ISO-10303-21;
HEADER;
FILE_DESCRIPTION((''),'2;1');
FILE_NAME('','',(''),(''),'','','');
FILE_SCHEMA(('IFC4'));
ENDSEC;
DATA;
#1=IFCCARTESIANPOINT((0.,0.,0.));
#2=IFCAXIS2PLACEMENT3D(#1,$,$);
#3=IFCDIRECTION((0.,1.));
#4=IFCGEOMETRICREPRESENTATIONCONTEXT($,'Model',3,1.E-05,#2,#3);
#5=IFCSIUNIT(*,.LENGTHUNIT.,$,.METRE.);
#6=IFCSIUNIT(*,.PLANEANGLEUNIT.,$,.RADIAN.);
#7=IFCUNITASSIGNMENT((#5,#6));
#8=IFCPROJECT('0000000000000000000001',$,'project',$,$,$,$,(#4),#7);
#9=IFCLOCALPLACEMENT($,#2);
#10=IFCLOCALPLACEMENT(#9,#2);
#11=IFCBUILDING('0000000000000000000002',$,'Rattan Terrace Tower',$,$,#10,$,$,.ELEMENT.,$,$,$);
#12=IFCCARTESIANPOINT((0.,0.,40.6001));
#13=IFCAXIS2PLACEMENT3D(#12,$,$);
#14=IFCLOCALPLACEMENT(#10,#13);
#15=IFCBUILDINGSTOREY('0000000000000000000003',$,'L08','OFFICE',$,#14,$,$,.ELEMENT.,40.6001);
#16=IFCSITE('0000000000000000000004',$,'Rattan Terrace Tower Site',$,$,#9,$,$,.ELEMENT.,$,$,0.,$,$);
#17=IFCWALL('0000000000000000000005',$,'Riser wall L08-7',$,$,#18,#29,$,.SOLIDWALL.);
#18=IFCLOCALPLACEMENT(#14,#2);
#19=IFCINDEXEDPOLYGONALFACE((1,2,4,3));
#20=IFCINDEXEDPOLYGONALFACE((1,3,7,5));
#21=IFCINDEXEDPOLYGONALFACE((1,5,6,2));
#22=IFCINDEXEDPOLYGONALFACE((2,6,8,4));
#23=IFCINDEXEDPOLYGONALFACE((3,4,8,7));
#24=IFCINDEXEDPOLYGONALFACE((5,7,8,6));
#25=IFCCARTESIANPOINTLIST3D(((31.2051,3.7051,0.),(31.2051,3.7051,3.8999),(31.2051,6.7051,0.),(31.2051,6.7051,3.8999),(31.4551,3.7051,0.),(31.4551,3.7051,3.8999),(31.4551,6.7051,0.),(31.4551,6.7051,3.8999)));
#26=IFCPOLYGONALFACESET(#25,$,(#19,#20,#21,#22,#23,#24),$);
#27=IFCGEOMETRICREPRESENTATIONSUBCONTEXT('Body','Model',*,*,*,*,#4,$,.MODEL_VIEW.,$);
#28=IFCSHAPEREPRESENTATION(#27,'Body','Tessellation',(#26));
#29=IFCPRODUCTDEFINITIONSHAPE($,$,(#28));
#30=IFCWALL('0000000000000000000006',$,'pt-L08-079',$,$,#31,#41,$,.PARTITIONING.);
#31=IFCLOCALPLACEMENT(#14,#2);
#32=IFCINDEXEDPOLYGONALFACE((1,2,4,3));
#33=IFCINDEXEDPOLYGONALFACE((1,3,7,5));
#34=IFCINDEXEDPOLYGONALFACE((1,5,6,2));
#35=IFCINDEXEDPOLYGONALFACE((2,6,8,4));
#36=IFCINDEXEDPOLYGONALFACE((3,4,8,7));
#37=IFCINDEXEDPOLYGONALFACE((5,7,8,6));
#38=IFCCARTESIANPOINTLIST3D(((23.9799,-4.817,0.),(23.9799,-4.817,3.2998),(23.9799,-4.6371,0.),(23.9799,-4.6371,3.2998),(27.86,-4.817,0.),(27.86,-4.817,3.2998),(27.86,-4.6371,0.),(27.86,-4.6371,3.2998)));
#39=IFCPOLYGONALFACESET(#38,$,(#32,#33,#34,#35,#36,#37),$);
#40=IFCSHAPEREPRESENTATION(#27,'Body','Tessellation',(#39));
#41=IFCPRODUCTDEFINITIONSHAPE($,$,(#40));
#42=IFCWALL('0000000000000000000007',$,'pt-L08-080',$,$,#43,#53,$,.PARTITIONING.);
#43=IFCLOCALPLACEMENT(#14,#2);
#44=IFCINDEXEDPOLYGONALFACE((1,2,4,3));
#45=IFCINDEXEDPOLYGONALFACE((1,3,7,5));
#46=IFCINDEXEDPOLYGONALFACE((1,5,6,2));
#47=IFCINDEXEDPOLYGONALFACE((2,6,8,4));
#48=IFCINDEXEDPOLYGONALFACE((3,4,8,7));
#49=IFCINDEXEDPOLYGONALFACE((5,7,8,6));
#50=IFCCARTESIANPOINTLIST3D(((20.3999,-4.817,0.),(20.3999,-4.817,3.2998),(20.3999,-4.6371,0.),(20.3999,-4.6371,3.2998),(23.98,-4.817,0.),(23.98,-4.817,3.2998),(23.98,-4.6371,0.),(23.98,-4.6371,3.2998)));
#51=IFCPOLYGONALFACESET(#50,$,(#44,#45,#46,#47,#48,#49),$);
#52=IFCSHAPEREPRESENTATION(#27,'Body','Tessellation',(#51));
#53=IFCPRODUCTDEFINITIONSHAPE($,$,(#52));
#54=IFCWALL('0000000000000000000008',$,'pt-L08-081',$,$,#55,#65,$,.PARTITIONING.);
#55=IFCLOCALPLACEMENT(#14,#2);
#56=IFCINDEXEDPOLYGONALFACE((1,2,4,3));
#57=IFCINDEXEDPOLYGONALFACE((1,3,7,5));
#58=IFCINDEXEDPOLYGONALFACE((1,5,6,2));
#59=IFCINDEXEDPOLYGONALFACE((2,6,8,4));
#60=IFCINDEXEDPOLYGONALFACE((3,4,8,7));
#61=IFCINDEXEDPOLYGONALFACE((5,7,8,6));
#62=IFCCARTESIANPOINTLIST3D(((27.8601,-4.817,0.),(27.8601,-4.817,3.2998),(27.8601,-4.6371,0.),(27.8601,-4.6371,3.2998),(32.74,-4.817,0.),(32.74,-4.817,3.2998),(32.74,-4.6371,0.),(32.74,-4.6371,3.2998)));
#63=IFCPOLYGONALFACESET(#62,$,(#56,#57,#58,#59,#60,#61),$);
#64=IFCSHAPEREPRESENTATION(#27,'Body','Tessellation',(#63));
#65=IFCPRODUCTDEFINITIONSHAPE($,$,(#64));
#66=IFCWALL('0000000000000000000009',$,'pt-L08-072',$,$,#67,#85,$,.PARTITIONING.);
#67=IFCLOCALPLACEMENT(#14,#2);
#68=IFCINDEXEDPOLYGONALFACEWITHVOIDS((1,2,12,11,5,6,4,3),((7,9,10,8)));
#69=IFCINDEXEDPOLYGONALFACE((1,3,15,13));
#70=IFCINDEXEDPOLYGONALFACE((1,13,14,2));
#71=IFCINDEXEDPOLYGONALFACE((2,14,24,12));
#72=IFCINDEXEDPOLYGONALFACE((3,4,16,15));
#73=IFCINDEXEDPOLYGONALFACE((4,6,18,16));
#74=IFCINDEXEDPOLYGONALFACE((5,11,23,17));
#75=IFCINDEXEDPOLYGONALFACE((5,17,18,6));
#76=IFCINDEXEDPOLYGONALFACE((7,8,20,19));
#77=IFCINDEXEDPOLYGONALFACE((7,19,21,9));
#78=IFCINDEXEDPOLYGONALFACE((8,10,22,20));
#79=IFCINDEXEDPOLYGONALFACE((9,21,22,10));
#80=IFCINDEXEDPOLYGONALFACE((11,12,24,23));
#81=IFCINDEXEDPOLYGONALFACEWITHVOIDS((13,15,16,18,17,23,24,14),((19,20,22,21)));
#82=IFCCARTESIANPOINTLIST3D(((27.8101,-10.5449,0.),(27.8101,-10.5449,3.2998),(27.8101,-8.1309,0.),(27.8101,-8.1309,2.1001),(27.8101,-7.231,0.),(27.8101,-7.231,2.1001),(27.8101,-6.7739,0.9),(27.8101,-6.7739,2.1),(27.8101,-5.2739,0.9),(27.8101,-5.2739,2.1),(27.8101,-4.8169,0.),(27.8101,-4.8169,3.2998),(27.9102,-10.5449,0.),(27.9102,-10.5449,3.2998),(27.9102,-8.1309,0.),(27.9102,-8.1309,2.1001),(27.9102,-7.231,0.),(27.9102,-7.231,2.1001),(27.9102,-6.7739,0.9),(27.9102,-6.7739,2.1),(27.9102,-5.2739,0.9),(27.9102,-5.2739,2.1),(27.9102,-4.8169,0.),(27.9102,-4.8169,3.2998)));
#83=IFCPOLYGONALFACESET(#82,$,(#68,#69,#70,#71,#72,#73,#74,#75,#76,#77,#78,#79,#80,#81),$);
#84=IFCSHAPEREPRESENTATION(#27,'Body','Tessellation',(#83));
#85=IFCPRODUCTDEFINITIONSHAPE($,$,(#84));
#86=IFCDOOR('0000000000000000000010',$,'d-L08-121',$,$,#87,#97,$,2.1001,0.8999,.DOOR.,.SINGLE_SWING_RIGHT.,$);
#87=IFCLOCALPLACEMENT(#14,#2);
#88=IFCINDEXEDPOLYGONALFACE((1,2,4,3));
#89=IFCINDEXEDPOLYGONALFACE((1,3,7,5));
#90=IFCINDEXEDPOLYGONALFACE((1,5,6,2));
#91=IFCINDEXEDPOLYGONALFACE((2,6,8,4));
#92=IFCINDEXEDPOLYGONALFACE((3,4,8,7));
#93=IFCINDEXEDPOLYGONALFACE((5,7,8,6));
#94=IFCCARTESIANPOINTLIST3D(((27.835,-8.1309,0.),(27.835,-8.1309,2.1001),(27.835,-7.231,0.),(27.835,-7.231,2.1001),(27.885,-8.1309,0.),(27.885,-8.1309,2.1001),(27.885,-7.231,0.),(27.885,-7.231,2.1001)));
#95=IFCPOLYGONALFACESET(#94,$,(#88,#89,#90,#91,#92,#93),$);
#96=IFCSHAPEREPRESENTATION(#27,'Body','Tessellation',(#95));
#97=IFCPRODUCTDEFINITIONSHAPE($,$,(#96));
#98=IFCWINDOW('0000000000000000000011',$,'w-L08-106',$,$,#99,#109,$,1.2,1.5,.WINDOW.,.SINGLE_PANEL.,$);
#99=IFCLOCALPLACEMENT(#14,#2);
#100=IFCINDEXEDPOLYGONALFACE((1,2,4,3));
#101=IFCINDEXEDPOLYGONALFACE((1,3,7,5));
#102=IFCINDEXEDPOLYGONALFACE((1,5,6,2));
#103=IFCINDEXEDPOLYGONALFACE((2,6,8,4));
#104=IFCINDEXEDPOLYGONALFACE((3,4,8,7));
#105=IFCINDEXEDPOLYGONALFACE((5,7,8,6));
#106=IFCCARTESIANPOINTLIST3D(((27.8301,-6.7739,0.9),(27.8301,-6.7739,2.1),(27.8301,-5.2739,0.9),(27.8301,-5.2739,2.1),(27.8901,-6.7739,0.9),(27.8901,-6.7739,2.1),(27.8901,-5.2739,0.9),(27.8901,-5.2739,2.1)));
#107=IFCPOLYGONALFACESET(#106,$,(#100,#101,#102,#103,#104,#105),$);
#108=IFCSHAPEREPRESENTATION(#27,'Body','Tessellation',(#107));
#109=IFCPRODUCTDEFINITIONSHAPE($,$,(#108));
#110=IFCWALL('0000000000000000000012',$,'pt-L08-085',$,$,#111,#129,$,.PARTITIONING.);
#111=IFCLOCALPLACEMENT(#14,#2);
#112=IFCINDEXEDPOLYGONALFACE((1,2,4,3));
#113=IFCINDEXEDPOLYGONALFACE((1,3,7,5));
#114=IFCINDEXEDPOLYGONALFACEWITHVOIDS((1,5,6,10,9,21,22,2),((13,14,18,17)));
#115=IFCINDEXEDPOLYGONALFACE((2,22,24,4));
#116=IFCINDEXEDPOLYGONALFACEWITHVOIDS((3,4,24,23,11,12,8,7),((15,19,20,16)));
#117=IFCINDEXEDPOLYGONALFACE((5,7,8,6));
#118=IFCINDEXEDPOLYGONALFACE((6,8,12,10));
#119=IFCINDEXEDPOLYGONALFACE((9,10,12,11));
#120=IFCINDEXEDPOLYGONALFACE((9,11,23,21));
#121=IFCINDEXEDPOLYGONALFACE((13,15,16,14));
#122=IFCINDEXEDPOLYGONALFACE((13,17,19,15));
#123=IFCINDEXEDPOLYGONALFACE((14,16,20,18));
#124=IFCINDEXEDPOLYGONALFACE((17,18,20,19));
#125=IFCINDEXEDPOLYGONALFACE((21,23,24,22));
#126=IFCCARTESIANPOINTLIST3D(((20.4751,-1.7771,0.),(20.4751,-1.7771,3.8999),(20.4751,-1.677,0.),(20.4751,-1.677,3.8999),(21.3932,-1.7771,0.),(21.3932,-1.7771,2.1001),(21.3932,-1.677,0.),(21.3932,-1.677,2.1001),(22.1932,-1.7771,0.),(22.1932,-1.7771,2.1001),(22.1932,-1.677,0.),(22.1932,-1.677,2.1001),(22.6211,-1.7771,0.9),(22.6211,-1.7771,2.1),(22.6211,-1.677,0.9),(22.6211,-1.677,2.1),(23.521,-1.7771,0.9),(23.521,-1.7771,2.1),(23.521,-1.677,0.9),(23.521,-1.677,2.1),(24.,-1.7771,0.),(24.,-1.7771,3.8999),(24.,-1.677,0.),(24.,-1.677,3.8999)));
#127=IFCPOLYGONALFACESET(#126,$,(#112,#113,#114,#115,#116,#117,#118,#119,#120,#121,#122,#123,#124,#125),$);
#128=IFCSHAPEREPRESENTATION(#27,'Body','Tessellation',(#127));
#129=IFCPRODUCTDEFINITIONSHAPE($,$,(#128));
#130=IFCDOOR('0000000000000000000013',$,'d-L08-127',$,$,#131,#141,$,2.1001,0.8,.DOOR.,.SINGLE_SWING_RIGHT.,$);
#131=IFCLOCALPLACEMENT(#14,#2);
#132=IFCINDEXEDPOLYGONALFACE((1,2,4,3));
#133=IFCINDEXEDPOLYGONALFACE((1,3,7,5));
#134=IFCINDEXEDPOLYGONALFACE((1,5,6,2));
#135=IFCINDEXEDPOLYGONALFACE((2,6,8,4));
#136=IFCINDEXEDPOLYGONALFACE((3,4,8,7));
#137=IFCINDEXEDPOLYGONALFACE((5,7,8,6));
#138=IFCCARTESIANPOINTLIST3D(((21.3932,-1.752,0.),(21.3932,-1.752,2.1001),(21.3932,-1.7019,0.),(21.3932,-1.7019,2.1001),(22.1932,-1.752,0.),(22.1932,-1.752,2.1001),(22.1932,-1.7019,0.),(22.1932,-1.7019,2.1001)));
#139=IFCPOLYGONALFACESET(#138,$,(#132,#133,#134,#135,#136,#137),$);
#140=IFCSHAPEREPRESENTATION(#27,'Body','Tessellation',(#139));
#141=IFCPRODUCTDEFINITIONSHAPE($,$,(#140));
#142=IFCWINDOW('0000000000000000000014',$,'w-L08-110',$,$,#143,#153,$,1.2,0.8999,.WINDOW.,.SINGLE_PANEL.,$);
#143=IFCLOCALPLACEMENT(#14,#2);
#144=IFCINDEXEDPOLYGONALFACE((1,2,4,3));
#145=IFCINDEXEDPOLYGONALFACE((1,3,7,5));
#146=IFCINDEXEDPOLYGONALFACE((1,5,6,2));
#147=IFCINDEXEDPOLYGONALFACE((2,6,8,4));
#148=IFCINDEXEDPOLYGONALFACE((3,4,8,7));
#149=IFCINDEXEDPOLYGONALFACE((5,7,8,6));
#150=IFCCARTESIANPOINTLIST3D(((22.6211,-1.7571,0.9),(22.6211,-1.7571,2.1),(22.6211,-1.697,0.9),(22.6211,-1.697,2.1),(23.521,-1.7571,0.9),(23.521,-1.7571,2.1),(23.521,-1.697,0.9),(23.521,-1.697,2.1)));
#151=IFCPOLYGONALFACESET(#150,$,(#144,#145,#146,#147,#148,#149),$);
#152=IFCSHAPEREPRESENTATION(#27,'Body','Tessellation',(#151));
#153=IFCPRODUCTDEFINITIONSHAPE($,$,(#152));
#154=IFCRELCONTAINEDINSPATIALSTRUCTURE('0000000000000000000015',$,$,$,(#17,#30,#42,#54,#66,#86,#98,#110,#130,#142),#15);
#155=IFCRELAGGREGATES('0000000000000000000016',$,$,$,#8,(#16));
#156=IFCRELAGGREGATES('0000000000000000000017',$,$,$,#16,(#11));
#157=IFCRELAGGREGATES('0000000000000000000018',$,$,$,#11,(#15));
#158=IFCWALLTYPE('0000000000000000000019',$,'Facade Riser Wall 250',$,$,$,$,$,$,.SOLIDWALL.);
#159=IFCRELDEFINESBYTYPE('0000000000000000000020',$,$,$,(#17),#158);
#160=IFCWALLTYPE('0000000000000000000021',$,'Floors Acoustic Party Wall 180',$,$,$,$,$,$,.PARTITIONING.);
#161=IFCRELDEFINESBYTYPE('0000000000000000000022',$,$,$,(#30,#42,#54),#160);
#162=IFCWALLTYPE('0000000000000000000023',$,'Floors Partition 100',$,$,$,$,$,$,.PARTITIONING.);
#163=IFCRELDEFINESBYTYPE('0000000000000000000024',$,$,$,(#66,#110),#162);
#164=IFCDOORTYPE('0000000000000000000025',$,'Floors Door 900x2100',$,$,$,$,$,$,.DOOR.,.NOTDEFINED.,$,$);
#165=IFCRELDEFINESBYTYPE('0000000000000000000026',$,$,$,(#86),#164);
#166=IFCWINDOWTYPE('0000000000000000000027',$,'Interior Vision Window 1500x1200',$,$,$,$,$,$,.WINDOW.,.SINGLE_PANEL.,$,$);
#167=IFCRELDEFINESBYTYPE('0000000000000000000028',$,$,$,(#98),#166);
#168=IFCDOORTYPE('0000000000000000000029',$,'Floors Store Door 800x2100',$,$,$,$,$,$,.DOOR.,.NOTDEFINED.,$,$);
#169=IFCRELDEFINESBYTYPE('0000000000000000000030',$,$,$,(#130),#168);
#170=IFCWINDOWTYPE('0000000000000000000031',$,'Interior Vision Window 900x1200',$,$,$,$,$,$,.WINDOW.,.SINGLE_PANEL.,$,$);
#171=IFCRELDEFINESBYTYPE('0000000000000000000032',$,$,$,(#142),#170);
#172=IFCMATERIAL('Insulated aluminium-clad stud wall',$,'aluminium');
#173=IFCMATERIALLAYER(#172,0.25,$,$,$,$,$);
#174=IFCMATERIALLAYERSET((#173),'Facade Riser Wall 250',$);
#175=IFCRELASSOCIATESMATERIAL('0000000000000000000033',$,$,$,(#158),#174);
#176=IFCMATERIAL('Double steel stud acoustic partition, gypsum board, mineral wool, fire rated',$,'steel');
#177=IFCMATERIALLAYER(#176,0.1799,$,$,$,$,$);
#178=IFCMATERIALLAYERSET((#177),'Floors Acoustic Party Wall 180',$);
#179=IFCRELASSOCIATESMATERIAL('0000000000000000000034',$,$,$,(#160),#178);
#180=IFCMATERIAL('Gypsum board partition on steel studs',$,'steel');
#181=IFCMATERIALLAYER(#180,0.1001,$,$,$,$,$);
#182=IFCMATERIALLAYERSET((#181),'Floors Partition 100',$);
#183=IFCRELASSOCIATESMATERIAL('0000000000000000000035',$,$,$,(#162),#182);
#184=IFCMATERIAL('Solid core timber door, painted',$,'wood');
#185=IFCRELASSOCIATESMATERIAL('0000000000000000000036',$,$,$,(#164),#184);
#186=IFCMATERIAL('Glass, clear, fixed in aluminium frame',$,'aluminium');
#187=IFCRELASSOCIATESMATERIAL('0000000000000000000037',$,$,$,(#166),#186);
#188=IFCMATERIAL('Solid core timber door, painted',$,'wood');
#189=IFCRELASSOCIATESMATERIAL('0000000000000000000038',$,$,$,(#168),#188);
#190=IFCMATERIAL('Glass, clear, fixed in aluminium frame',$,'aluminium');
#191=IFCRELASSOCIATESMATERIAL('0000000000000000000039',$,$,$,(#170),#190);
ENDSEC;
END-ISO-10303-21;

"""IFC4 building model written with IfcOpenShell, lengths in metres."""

from ifc_helpers import new_model, si_unit, direction, frame, frame_2d, origin, place, context, subcontext, project, spatial, rectangle, extrude, material, layer, layer_set, type_object, element, fill, save


model = new_model("IFC4")

# Units and contexts
model_context = context("Model", 3, precision=1e-05, world=origin(), true_north=direction((0.0, 1.0)))
body_context = subcontext(model_context, "Body", "Model", "MODEL_VIEW")
ifc_project = project(units=[si_unit("LENGTHUNIT", "METRE"), si_unit("PLANEANGLEUNIT", "RADIAN")], contexts=[model_context])

# Site, building, storey
site_placement = place(None, origin())
site = spatial("IfcSite", under=ifc_project, at=site_placement, Name="Rattan Terrace Tower Site", CompositionType="ELEMENT", RefElevation=0.0)
building_placement = place(site_placement, origin())
building = spatial("IfcBuilding", under=site, at=building_placement, Name="Rattan Terrace Tower", CompositionType="ELEMENT")
storey_placement = place(building_placement, frame((0.0, 0.0, 40.6001)))
storey = spatial("IfcBuildingStorey", under=building, at=storey_placement, Name="L08", Description="OFFICE", CompositionType="ELEMENT", Elevation=40.6001)

# Walls
ifc_material_1 = material(Name="Insulated aluminium-clad stud wall", Category="aluminium")
ifc_layer_1 = layer(ifc_material_1, 0.25)
ifc_layer_set_1 = layer_set([ifc_layer_1], Name="Facade Riser Wall 250")
wall_type_1 = type_object("IfcWallType", Name="Facade Riser Wall 250", PredefinedType="SOLIDWALL", material=ifc_layer_set_1)
wall_1_placement = place(storey_placement, frame((31.3301, 3.7051, 0.0), z_axis=(0.0, 0.0, 1.0), x_axis=(0.0, 1.0, 0.0)))
element("IfcWall", 1, at=wall_1_placement, inside=storey, type_object=wall_type_1, Name="Riser wall L08-7", PredefinedType="SOLIDWALL", context=body_context, shape_type="SweptSolid", body=[
    extrude(rectangle(XDim=3.0, YDim=0.25, at=frame_2d((1.5, 0.0))), origin(), (0.0, 0.0, 1.0), 3.8999),
])
ifc_material_2 = material(Name="Double steel stud acoustic partition, gypsum board, mineral wool, fire rated", Category="steel")
ifc_layer_2 = layer(ifc_material_2, 0.1799)
ifc_layer_set_2 = layer_set([ifc_layer_2], Name="Floors Acoustic Party Wall 180")
wall_type_2 = type_object("IfcWallType", Name="Floors Acoustic Party Wall 180", PredefinedType="PARTITIONING", material=ifc_layer_set_2)
wall_2_placement = place(storey_placement, frame((23.98, -4.7271, 0.0), z_axis=(0.0, 0.0, 1.0), x_axis=(1.0, 0.0, 0.0)))
element("IfcWall", 2, at=wall_2_placement, inside=storey, type_object=wall_type_2, Name="pt-L08-079", PredefinedType="PARTITIONING", context=body_context, shape_type="SweptSolid", body=[
    extrude(rectangle(XDim=3.8801, YDim=0.1799, at=frame_2d((1.9399, 0.0))), origin(), (0.0, 0.0, 1.0), 3.2998),
])
wall_3_placement = place(storey_placement, frame((20.3999, -4.7271, 0.0), z_axis=(0.0, 0.0, 1.0), x_axis=(1.0, 0.0, 0.0)))
element("IfcWall", 3, at=wall_3_placement, inside=storey, type_object=wall_type_2, Name="pt-L08-080", PredefinedType="PARTITIONING", context=body_context, shape_type="SweptSolid", body=[
    extrude(rectangle(XDim=3.5801, YDim=0.1799, at=frame_2d((1.79, 0.0))), origin(), (0.0, 0.0, 1.0), 3.2998),
])
wall_4_placement = place(storey_placement, frame((27.8601, -4.7271, 0.0), z_axis=(0.0, 0.0, 1.0), x_axis=(1.0, 0.0, 0.0)))
element("IfcWall", 4, at=wall_4_placement, inside=storey, type_object=wall_type_2, Name="pt-L08-081", PredefinedType="PARTITIONING", context=body_context, shape_type="SweptSolid", body=[
    extrude(rectangle(XDim=4.8799, YDim=0.1799, at=frame_2d((2.4399, 0.0))), origin(), (0.0, 0.0, 1.0), 3.2998),
])

# Walls, openings, doors, windows
ifc_material_3 = material(Name="Gypsum board partition on steel studs", Category="steel")
ifc_layer_3 = layer(ifc_material_3, 0.1001)
ifc_layer_set_3 = layer_set([ifc_layer_3], Name="Floors Partition 100")
wall_type_3 = type_object("IfcWallType", Name="Floors Partition 100", PredefinedType="PARTITIONING", material=ifc_layer_set_3)
wall_5_placement = place(storey_placement, frame((27.8601, -4.8169, 0.0), z_axis=(0.0, 0.0, 1.0), x_axis=(0.0, -1.0, 0.0)))
wall_5 = element("IfcWall", 5, at=wall_5_placement, inside=storey, type_object=wall_type_3, Name="pt-L08-072", PredefinedType="PARTITIONING", context=body_context, shape_type="SweptSolid", body=[
    extrude(rectangle(XDim=5.728, YDim=0.1001, at=frame_2d((2.864, 0.0))), origin(), (0.0, 0.0, 1.0), 3.2998),
])
opening_1_placement = place(wall_5_placement, frame((2.4141, 0.0, 0.0)))
opening_1 = element("IfcOpeningElement", 6, at=opening_1_placement, cuts=wall_5, PredefinedType="OPENING", context=body_context, shape_type="SweptSolid", body=[
    extrude(rectangle(XDim=0.8999, YDim=2.1001, at=frame_2d((0.45, 1.05))), frame((0.0, 0.0605, 0.0), z_axis=(0.0, -1.0, 0.0), x_axis=(1.0, 0.0, 0.0)), (0.0, 0.0, 1.0), 0.1211),
])
opening_2_placement = place(wall_5_placement, frame((0.457, 0.0, 0.8999)))
opening_2 = element("IfcOpeningElement", 7, at=opening_2_placement, cuts=wall_5, PredefinedType="OPENING", context=body_context, shape_type="SweptSolid", body=[
    extrude(rectangle(XDim=1.5, YDim=1.2, at=frame_2d((0.75, 0.6001))), frame((0.0, 0.0605, 0.0), z_axis=(0.0, -1.0, 0.0), x_axis=(1.0, 0.0, 0.0)), (0.0, 0.0, 1.0), 0.1211),
])
ifc_material_4 = material(Name="Solid core timber door, painted", Category="wood")
door_type_1 = type_object("IfcDoorType", Name="Floors Door 900x2100", OperationType="NOTDEFINED", PredefinedType="DOOR", material=ifc_material_4)
door_1_placement = place(opening_1_placement, origin())
door_1 = element("IfcDoor", 8, at=door_1_placement, inside=storey, type_object=door_type_1, Name="d-L08-121", OperationType="SINGLE_SWING_RIGHT", OverallHeight=2.1001, OverallWidth=0.8999, PredefinedType="DOOR", context=body_context, shape_type="SweptSolid", body=[
    extrude(rectangle(XDim=0.8999, YDim=2.1001, at=frame_2d((0.45, 1.05))), frame((0.0, 0.0249, 0.0), z_axis=(0.0, -1.0, 0.0), x_axis=(1.0, 0.0, 0.0)), (0.0, 0.0, 1.0), 0.05),
])
fill(opening_1, door_1)
ifc_material_5 = material(Name="Glass, clear, fixed in aluminium frame", Category="aluminium")
window_type_1 = type_object("IfcWindowType", Name="Interior Vision Window 1500x1200", PartitioningType="SINGLE_PANEL", PredefinedType="WINDOW", material=ifc_material_5)
window_1_placement = place(opening_2_placement, origin())
window_1 = element("IfcWindow", 9, at=window_1_placement, inside=storey, type_object=window_type_1, Name="w-L08-106", OverallHeight=1.2, OverallWidth=1.5, PartitioningType="SINGLE_PANEL", PredefinedType="WINDOW", context=body_context, shape_type="SweptSolid", body=[
    extrude(rectangle(XDim=1.5, YDim=1.2, at=frame_2d((0.75, 0.6001))), frame((0.0, 0.03, 0.0), z_axis=(0.0, -1.0, 0.0), x_axis=(1.0, 0.0, 0.0)), (0.0, 0.0, 1.0), 0.0601),
])
fill(opening_2, window_1)
wall_6_placement = place(storey_placement, frame((24.0, -1.7271, 0.0), z_axis=(0.0, 0.0, 1.0), x_axis=(-1.0, 0.0, 0.0)))
wall_6 = element("IfcWall", 10, at=wall_6_placement, inside=storey, type_object=wall_type_3, Name="pt-L08-085", PredefinedType="PARTITIONING", context=body_context, shape_type="SweptSolid", body=[
    extrude(rectangle(XDim=3.5249, YDim=0.1001, at=frame_2d((1.7625, 0.0))), origin(), (0.0, 0.0, 1.0), 3.8999),
])
opening_3_placement = place(wall_6_placement, frame((1.8069, 0.0, 0.0)))
opening_3 = element("IfcOpeningElement", 11, at=opening_3_placement, cuts=wall_6, PredefinedType="OPENING", context=body_context, shape_type="SweptSolid", body=[
    extrude(rectangle(XDim=0.8, YDim=2.1001, at=frame_2d((0.3999, 1.05))), frame((0.0, 0.0605, 0.0), z_axis=(0.0, -1.0, 0.0), x_axis=(1.0, 0.0, 0.0)), (0.0, 0.0, 1.0), 0.1211),
])
opening_4_placement = place(wall_6_placement, frame((0.479, 0.0, 0.8999)))
opening_4 = element("IfcOpeningElement", 12, at=opening_4_placement, cuts=wall_6, PredefinedType="OPENING", context=body_context, shape_type="SweptSolid", body=[
    extrude(rectangle(XDim=0.8999, YDim=1.2, at=frame_2d((0.45, 0.6001))), frame((0.0, 0.0605, 0.0), z_axis=(0.0, -1.0, 0.0), x_axis=(1.0, 0.0, 0.0)), (0.0, 0.0, 1.0), 0.1211),
])
ifc_material_6 = material(Name="Solid core timber door, painted", Category="wood")
door_type_2 = type_object("IfcDoorType", Name="Floors Store Door 800x2100", OperationType="NOTDEFINED", PredefinedType="DOOR", material=ifc_material_6)
door_2_placement = place(opening_3_placement, origin())
door_2 = element("IfcDoor", 13, at=door_2_placement, inside=storey, type_object=door_type_2, Name="d-L08-127", OperationType="SINGLE_SWING_RIGHT", OverallHeight=2.1001, OverallWidth=0.8, PredefinedType="DOOR", context=body_context, shape_type="SweptSolid", body=[
    extrude(rectangle(XDim=0.8, YDim=2.1001, at=frame_2d((0.3999, 1.05))), frame((0.0, 0.0249, 0.0), z_axis=(0.0, -1.0, 0.0), x_axis=(1.0, 0.0, 0.0)), (0.0, 0.0, 1.0), 0.05),
])
fill(opening_3, door_2)
ifc_material_7 = material(Name="Glass, clear, fixed in aluminium frame", Category="aluminium")
window_type_2 = type_object("IfcWindowType", Name="Interior Vision Window 900x1200", PartitioningType="SINGLE_PANEL", PredefinedType="WINDOW", material=ifc_material_7)
window_2_placement = place(opening_4_placement, origin())
window_2 = element("IfcWindow", 14, at=window_2_placement, inside=storey, type_object=window_type_2, Name="w-L08-110", OverallHeight=1.2, OverallWidth=0.8999, PartitioningType="SINGLE_PANEL", PredefinedType="WINDOW", context=body_context, shape_type="SweptSolid", body=[
    extrude(rectangle(XDim=0.8999, YDim=1.2, at=frame_2d((0.45, 0.6001))), frame((0.0, 0.03, 0.0), z_axis=(0.0, -1.0, 0.0), x_axis=(1.0, 0.0, 0.0)), (0.0, 0.0, 1.0), 0.0601),
])
fill(opening_4, window_2)

save(model, "model.ifc")
